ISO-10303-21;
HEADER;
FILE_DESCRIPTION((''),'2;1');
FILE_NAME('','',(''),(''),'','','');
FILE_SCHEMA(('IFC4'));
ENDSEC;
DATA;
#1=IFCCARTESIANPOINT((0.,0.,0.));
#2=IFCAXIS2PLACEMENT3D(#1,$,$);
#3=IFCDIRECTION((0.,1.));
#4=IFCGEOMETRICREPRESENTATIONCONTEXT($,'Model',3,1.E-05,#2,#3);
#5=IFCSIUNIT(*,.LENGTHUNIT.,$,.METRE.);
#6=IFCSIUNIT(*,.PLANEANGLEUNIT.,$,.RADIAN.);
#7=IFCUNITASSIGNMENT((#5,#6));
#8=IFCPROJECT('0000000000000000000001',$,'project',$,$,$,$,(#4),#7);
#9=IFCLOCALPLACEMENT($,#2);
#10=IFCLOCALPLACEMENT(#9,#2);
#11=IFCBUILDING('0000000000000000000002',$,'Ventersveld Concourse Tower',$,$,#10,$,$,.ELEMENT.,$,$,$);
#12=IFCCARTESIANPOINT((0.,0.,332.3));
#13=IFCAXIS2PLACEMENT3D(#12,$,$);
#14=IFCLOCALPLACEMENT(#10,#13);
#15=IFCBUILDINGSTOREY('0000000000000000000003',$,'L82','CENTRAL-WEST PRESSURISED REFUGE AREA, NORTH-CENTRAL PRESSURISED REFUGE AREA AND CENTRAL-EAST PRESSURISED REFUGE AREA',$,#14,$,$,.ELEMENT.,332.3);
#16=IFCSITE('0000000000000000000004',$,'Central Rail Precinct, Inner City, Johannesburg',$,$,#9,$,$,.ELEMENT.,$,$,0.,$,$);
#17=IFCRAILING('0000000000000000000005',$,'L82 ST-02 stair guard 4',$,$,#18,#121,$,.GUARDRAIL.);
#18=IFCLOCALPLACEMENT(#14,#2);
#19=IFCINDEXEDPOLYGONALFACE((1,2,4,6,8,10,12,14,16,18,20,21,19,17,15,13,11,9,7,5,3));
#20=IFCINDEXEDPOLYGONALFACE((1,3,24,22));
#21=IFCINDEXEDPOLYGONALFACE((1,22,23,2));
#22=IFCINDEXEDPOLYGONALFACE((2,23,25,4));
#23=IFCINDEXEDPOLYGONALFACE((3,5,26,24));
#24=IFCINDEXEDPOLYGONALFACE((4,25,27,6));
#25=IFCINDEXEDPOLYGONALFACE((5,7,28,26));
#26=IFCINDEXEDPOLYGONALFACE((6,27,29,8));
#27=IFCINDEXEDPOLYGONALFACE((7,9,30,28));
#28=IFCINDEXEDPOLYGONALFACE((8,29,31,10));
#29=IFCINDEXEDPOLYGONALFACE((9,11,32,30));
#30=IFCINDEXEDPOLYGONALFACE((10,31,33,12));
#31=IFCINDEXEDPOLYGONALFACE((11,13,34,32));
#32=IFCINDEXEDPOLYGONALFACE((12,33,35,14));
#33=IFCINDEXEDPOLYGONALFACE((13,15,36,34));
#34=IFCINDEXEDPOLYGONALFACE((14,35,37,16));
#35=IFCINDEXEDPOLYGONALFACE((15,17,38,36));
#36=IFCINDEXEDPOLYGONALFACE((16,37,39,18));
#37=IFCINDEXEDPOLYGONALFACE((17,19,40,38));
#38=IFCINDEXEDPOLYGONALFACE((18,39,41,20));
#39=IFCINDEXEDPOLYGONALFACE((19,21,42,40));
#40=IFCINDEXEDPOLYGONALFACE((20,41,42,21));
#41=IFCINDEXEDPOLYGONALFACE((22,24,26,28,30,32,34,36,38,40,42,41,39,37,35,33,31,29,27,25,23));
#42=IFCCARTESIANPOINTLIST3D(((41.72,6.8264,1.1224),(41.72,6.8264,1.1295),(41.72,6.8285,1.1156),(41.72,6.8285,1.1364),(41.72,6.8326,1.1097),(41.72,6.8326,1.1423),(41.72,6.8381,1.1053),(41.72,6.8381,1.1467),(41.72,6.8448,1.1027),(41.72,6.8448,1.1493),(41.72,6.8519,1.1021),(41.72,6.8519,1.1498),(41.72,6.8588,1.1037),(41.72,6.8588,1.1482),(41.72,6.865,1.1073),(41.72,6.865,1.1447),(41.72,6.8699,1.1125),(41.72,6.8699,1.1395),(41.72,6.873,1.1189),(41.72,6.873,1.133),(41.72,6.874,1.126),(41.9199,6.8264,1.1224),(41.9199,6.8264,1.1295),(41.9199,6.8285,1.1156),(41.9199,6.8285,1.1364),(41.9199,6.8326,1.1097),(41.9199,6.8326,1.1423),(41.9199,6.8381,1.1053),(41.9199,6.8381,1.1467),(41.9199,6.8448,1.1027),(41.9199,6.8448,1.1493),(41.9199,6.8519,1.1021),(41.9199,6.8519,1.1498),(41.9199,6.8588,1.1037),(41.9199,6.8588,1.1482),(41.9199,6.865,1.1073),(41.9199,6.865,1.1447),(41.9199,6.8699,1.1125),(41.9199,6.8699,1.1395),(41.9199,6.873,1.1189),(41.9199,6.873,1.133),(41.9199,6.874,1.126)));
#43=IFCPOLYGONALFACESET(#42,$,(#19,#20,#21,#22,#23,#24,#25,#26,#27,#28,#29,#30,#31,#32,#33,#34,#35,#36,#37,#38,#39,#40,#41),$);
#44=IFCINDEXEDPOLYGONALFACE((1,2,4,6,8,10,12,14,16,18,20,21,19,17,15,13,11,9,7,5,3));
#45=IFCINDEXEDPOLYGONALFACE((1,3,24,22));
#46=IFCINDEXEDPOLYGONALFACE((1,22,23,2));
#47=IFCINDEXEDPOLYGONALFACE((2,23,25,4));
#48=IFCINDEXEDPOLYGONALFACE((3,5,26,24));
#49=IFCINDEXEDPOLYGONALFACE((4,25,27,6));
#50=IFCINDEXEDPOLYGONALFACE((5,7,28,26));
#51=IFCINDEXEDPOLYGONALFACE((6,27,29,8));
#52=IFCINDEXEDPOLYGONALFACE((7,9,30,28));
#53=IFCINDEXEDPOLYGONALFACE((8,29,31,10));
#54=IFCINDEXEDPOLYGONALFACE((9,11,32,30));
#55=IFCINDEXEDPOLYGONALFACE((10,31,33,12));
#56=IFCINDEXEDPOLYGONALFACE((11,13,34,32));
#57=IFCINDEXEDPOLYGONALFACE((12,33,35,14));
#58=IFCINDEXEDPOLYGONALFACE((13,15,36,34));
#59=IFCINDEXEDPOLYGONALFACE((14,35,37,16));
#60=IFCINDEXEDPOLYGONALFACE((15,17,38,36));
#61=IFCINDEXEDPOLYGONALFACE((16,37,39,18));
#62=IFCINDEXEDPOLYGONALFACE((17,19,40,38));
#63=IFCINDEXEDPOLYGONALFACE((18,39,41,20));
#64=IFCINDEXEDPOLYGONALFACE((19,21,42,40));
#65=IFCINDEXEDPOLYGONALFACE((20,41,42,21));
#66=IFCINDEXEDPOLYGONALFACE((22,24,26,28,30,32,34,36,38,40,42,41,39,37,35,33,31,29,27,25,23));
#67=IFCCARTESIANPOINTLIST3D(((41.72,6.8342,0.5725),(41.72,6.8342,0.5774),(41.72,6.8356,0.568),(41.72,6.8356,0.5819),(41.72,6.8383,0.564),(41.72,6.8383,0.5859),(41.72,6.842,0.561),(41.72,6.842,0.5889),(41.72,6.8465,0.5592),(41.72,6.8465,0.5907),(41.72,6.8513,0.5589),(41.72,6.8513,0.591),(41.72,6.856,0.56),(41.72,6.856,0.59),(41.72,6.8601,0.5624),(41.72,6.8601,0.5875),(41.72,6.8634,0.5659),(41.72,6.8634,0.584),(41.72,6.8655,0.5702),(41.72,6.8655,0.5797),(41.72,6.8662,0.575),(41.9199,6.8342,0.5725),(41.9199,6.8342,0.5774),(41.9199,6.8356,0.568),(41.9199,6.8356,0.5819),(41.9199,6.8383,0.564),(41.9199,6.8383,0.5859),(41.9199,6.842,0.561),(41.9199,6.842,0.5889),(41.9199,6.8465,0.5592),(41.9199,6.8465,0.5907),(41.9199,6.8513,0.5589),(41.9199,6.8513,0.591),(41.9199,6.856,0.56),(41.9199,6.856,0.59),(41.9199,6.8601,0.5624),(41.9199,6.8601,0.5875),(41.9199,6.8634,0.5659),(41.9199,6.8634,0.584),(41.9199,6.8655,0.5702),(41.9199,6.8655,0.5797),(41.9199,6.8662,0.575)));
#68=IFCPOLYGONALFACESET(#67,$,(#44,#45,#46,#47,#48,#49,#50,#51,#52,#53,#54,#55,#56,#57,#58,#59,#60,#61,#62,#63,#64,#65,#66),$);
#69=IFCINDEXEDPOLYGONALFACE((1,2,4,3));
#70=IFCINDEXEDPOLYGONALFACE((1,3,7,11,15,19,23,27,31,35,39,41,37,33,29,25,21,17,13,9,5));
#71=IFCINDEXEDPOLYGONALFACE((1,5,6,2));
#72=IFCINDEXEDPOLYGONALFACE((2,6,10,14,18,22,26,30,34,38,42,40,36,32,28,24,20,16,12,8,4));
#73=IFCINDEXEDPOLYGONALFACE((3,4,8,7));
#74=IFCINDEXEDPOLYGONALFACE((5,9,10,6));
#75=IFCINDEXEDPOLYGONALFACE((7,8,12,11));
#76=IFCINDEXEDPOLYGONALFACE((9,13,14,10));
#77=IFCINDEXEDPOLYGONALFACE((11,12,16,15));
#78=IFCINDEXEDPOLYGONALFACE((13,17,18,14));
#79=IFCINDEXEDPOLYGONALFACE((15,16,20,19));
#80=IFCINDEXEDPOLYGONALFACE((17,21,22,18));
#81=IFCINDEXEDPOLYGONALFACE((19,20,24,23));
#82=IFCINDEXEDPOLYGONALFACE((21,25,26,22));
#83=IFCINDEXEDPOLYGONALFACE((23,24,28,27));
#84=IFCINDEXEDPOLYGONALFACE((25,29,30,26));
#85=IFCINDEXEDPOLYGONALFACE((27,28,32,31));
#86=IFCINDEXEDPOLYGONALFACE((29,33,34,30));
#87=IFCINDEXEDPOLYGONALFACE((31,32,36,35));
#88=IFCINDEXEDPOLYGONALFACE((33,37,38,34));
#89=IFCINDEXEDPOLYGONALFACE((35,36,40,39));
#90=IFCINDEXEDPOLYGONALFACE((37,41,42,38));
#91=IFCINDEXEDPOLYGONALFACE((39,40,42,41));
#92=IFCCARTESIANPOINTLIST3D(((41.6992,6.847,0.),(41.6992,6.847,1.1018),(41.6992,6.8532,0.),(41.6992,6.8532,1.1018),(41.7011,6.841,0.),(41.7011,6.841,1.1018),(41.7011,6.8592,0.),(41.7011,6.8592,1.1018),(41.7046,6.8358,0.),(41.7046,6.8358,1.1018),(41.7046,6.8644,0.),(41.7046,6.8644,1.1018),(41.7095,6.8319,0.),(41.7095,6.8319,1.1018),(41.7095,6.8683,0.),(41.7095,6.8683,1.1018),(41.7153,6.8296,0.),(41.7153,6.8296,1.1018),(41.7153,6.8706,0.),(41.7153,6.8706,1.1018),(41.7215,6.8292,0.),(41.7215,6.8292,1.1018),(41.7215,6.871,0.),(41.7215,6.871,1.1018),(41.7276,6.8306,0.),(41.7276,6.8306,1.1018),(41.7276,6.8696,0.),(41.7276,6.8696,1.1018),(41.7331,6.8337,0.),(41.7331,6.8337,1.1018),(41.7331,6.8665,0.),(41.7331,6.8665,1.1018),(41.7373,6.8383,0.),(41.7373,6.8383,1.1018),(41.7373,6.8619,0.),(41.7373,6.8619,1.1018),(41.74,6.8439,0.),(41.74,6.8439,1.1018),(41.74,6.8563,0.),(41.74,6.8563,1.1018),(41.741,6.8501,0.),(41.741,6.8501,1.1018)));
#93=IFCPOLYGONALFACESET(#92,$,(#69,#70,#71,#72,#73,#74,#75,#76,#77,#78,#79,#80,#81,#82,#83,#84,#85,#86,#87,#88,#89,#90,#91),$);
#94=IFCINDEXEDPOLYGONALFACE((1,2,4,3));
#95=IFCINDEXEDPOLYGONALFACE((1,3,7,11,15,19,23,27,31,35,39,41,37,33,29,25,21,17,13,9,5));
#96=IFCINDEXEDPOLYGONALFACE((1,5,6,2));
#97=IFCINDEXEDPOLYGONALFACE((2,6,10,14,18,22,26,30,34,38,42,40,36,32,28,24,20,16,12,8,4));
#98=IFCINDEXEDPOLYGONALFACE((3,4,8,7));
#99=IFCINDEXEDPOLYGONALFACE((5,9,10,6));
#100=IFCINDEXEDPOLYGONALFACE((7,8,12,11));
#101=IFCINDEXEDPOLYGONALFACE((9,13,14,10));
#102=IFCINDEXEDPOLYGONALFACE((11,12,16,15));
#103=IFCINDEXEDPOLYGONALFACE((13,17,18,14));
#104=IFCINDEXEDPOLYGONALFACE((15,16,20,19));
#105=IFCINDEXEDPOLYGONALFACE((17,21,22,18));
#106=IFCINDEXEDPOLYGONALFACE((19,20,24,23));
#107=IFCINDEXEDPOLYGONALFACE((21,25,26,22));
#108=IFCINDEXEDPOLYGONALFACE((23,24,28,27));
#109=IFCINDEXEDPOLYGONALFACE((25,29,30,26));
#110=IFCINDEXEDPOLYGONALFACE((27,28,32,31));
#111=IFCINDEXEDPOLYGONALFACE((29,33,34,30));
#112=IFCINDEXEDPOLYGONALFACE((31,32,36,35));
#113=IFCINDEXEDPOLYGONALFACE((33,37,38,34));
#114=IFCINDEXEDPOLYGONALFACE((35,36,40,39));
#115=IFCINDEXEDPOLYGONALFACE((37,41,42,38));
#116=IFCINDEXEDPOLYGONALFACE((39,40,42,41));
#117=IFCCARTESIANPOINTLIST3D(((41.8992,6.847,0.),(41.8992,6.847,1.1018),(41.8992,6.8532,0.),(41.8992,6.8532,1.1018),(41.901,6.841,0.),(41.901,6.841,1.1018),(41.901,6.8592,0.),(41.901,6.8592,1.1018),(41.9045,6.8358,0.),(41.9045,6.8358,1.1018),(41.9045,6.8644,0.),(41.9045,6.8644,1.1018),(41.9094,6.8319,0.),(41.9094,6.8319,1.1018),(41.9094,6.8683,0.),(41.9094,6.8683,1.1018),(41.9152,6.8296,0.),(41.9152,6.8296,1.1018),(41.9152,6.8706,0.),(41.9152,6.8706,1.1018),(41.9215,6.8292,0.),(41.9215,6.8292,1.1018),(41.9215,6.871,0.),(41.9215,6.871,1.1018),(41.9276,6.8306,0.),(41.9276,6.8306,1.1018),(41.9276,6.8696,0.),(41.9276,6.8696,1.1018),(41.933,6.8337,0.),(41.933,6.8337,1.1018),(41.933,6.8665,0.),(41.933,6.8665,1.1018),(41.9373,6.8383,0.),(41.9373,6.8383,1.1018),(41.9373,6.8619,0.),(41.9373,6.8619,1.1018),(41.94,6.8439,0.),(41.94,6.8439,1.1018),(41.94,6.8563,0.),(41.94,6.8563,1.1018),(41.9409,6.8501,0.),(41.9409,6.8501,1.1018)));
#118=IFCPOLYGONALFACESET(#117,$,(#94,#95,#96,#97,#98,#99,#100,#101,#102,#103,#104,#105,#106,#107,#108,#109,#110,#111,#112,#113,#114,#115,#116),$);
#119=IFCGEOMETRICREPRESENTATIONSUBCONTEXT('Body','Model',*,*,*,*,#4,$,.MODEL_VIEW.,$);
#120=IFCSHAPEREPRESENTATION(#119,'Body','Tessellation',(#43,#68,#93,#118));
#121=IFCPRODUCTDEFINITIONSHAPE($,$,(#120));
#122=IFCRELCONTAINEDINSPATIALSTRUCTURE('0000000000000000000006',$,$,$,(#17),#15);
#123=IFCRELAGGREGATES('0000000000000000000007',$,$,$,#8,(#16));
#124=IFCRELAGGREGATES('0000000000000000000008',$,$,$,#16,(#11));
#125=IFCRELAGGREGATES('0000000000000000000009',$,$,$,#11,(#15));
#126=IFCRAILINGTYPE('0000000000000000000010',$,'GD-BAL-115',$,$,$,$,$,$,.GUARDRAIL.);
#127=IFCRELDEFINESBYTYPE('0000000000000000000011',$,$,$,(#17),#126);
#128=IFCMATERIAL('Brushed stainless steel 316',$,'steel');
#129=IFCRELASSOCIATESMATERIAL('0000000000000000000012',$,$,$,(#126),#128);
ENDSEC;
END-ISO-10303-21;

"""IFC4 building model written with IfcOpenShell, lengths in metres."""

from ifc_helpers import new_model, si_unit, direction, frame, origin, origin_2d, place, context, subcontext, project, spatial, circle, extrude, material, type_object, element, save


model = new_model("IFC4")

# Units and contexts
model_context = context("Model", 3, precision=1e-05, world=origin(), true_north=direction((0.0, 1.0)))
body_context = subcontext(model_context, "Body", "Model", "MODEL_VIEW")
ifc_project = project(units=[si_unit("LENGTHUNIT", "METRE"), si_unit("PLANEANGLEUNIT", "RADIAN")], contexts=[model_context])

# Site, building, storey
site_placement = place(None, origin())
site = spatial("IfcSite", under=ifc_project, at=site_placement, Name="Central Rail Precinct, Inner City, Johannesburg", CompositionType="ELEMENT", RefElevation=0.0)
building_placement = place(site_placement, origin())
building = spatial("IfcBuilding", under=site, at=building_placement, Name="Ventersveld Concourse Tower", CompositionType="ELEMENT")
storey_placement = place(building_placement, frame((0.0, 0.0, 332.3)))
storey = spatial("IfcBuildingStorey", under=building, at=storey_placement, Name="L82", Description="CENTRAL-WEST PRESSURISED REFUGE AREA, NORTH-CENTRAL PRESSURISED REFUGE AREA AND CENTRAL-EAST PRESSURISED REFUGE AREA", CompositionType="ELEMENT", Elevation=332.3)

# Railing
ifc_material_1 = material(Name="Brushed stainless steel 316", Category="steel")
railing_type_1 = type_object("IfcRailingType", Name="GD-BAL-115", PredefinedType="GUARDRAIL", material=ifc_material_1)
railing_1_placement = place(storey_placement, frame((41.72, 6.8501, 0.0)))
element("IfcRailing", 1, at=railing_1_placement, inside=storey, type_object=railing_type_1, Name="L82 ST-02 stair guard 4", PredefinedType="GUARDRAIL", context=body_context, shape_type="SweptSolid", body=[
    extrude(circle(Radius=0.0239, at=origin_2d()), frame((0.0, 0.0, 1.126), z_axis=(1.0, 0.0, 0.0), x_axis=(0.0, 1.0, 0.0)), (0.0, 0.0, 1.0), 0.2),
    extrude(circle(Radius=0.0161, at=origin_2d()), frame((0.0, 0.0, 0.575), z_axis=(1.0, 0.0, 0.0), x_axis=(0.0, 1.0, 0.0)), (0.0, 0.0, 1.0), 0.2),
    extrude(circle(Radius=0.021, at=origin_2d()), origin(), (0.0, 0.0, 1.0), 1.1018),
    extrude(circle(Radius=0.021, at=origin_2d()), frame((0.2, 0.0, 0.0)), (0.0, 0.0, 1.0), 1.1018),
])

save(model, "model.ifc")
